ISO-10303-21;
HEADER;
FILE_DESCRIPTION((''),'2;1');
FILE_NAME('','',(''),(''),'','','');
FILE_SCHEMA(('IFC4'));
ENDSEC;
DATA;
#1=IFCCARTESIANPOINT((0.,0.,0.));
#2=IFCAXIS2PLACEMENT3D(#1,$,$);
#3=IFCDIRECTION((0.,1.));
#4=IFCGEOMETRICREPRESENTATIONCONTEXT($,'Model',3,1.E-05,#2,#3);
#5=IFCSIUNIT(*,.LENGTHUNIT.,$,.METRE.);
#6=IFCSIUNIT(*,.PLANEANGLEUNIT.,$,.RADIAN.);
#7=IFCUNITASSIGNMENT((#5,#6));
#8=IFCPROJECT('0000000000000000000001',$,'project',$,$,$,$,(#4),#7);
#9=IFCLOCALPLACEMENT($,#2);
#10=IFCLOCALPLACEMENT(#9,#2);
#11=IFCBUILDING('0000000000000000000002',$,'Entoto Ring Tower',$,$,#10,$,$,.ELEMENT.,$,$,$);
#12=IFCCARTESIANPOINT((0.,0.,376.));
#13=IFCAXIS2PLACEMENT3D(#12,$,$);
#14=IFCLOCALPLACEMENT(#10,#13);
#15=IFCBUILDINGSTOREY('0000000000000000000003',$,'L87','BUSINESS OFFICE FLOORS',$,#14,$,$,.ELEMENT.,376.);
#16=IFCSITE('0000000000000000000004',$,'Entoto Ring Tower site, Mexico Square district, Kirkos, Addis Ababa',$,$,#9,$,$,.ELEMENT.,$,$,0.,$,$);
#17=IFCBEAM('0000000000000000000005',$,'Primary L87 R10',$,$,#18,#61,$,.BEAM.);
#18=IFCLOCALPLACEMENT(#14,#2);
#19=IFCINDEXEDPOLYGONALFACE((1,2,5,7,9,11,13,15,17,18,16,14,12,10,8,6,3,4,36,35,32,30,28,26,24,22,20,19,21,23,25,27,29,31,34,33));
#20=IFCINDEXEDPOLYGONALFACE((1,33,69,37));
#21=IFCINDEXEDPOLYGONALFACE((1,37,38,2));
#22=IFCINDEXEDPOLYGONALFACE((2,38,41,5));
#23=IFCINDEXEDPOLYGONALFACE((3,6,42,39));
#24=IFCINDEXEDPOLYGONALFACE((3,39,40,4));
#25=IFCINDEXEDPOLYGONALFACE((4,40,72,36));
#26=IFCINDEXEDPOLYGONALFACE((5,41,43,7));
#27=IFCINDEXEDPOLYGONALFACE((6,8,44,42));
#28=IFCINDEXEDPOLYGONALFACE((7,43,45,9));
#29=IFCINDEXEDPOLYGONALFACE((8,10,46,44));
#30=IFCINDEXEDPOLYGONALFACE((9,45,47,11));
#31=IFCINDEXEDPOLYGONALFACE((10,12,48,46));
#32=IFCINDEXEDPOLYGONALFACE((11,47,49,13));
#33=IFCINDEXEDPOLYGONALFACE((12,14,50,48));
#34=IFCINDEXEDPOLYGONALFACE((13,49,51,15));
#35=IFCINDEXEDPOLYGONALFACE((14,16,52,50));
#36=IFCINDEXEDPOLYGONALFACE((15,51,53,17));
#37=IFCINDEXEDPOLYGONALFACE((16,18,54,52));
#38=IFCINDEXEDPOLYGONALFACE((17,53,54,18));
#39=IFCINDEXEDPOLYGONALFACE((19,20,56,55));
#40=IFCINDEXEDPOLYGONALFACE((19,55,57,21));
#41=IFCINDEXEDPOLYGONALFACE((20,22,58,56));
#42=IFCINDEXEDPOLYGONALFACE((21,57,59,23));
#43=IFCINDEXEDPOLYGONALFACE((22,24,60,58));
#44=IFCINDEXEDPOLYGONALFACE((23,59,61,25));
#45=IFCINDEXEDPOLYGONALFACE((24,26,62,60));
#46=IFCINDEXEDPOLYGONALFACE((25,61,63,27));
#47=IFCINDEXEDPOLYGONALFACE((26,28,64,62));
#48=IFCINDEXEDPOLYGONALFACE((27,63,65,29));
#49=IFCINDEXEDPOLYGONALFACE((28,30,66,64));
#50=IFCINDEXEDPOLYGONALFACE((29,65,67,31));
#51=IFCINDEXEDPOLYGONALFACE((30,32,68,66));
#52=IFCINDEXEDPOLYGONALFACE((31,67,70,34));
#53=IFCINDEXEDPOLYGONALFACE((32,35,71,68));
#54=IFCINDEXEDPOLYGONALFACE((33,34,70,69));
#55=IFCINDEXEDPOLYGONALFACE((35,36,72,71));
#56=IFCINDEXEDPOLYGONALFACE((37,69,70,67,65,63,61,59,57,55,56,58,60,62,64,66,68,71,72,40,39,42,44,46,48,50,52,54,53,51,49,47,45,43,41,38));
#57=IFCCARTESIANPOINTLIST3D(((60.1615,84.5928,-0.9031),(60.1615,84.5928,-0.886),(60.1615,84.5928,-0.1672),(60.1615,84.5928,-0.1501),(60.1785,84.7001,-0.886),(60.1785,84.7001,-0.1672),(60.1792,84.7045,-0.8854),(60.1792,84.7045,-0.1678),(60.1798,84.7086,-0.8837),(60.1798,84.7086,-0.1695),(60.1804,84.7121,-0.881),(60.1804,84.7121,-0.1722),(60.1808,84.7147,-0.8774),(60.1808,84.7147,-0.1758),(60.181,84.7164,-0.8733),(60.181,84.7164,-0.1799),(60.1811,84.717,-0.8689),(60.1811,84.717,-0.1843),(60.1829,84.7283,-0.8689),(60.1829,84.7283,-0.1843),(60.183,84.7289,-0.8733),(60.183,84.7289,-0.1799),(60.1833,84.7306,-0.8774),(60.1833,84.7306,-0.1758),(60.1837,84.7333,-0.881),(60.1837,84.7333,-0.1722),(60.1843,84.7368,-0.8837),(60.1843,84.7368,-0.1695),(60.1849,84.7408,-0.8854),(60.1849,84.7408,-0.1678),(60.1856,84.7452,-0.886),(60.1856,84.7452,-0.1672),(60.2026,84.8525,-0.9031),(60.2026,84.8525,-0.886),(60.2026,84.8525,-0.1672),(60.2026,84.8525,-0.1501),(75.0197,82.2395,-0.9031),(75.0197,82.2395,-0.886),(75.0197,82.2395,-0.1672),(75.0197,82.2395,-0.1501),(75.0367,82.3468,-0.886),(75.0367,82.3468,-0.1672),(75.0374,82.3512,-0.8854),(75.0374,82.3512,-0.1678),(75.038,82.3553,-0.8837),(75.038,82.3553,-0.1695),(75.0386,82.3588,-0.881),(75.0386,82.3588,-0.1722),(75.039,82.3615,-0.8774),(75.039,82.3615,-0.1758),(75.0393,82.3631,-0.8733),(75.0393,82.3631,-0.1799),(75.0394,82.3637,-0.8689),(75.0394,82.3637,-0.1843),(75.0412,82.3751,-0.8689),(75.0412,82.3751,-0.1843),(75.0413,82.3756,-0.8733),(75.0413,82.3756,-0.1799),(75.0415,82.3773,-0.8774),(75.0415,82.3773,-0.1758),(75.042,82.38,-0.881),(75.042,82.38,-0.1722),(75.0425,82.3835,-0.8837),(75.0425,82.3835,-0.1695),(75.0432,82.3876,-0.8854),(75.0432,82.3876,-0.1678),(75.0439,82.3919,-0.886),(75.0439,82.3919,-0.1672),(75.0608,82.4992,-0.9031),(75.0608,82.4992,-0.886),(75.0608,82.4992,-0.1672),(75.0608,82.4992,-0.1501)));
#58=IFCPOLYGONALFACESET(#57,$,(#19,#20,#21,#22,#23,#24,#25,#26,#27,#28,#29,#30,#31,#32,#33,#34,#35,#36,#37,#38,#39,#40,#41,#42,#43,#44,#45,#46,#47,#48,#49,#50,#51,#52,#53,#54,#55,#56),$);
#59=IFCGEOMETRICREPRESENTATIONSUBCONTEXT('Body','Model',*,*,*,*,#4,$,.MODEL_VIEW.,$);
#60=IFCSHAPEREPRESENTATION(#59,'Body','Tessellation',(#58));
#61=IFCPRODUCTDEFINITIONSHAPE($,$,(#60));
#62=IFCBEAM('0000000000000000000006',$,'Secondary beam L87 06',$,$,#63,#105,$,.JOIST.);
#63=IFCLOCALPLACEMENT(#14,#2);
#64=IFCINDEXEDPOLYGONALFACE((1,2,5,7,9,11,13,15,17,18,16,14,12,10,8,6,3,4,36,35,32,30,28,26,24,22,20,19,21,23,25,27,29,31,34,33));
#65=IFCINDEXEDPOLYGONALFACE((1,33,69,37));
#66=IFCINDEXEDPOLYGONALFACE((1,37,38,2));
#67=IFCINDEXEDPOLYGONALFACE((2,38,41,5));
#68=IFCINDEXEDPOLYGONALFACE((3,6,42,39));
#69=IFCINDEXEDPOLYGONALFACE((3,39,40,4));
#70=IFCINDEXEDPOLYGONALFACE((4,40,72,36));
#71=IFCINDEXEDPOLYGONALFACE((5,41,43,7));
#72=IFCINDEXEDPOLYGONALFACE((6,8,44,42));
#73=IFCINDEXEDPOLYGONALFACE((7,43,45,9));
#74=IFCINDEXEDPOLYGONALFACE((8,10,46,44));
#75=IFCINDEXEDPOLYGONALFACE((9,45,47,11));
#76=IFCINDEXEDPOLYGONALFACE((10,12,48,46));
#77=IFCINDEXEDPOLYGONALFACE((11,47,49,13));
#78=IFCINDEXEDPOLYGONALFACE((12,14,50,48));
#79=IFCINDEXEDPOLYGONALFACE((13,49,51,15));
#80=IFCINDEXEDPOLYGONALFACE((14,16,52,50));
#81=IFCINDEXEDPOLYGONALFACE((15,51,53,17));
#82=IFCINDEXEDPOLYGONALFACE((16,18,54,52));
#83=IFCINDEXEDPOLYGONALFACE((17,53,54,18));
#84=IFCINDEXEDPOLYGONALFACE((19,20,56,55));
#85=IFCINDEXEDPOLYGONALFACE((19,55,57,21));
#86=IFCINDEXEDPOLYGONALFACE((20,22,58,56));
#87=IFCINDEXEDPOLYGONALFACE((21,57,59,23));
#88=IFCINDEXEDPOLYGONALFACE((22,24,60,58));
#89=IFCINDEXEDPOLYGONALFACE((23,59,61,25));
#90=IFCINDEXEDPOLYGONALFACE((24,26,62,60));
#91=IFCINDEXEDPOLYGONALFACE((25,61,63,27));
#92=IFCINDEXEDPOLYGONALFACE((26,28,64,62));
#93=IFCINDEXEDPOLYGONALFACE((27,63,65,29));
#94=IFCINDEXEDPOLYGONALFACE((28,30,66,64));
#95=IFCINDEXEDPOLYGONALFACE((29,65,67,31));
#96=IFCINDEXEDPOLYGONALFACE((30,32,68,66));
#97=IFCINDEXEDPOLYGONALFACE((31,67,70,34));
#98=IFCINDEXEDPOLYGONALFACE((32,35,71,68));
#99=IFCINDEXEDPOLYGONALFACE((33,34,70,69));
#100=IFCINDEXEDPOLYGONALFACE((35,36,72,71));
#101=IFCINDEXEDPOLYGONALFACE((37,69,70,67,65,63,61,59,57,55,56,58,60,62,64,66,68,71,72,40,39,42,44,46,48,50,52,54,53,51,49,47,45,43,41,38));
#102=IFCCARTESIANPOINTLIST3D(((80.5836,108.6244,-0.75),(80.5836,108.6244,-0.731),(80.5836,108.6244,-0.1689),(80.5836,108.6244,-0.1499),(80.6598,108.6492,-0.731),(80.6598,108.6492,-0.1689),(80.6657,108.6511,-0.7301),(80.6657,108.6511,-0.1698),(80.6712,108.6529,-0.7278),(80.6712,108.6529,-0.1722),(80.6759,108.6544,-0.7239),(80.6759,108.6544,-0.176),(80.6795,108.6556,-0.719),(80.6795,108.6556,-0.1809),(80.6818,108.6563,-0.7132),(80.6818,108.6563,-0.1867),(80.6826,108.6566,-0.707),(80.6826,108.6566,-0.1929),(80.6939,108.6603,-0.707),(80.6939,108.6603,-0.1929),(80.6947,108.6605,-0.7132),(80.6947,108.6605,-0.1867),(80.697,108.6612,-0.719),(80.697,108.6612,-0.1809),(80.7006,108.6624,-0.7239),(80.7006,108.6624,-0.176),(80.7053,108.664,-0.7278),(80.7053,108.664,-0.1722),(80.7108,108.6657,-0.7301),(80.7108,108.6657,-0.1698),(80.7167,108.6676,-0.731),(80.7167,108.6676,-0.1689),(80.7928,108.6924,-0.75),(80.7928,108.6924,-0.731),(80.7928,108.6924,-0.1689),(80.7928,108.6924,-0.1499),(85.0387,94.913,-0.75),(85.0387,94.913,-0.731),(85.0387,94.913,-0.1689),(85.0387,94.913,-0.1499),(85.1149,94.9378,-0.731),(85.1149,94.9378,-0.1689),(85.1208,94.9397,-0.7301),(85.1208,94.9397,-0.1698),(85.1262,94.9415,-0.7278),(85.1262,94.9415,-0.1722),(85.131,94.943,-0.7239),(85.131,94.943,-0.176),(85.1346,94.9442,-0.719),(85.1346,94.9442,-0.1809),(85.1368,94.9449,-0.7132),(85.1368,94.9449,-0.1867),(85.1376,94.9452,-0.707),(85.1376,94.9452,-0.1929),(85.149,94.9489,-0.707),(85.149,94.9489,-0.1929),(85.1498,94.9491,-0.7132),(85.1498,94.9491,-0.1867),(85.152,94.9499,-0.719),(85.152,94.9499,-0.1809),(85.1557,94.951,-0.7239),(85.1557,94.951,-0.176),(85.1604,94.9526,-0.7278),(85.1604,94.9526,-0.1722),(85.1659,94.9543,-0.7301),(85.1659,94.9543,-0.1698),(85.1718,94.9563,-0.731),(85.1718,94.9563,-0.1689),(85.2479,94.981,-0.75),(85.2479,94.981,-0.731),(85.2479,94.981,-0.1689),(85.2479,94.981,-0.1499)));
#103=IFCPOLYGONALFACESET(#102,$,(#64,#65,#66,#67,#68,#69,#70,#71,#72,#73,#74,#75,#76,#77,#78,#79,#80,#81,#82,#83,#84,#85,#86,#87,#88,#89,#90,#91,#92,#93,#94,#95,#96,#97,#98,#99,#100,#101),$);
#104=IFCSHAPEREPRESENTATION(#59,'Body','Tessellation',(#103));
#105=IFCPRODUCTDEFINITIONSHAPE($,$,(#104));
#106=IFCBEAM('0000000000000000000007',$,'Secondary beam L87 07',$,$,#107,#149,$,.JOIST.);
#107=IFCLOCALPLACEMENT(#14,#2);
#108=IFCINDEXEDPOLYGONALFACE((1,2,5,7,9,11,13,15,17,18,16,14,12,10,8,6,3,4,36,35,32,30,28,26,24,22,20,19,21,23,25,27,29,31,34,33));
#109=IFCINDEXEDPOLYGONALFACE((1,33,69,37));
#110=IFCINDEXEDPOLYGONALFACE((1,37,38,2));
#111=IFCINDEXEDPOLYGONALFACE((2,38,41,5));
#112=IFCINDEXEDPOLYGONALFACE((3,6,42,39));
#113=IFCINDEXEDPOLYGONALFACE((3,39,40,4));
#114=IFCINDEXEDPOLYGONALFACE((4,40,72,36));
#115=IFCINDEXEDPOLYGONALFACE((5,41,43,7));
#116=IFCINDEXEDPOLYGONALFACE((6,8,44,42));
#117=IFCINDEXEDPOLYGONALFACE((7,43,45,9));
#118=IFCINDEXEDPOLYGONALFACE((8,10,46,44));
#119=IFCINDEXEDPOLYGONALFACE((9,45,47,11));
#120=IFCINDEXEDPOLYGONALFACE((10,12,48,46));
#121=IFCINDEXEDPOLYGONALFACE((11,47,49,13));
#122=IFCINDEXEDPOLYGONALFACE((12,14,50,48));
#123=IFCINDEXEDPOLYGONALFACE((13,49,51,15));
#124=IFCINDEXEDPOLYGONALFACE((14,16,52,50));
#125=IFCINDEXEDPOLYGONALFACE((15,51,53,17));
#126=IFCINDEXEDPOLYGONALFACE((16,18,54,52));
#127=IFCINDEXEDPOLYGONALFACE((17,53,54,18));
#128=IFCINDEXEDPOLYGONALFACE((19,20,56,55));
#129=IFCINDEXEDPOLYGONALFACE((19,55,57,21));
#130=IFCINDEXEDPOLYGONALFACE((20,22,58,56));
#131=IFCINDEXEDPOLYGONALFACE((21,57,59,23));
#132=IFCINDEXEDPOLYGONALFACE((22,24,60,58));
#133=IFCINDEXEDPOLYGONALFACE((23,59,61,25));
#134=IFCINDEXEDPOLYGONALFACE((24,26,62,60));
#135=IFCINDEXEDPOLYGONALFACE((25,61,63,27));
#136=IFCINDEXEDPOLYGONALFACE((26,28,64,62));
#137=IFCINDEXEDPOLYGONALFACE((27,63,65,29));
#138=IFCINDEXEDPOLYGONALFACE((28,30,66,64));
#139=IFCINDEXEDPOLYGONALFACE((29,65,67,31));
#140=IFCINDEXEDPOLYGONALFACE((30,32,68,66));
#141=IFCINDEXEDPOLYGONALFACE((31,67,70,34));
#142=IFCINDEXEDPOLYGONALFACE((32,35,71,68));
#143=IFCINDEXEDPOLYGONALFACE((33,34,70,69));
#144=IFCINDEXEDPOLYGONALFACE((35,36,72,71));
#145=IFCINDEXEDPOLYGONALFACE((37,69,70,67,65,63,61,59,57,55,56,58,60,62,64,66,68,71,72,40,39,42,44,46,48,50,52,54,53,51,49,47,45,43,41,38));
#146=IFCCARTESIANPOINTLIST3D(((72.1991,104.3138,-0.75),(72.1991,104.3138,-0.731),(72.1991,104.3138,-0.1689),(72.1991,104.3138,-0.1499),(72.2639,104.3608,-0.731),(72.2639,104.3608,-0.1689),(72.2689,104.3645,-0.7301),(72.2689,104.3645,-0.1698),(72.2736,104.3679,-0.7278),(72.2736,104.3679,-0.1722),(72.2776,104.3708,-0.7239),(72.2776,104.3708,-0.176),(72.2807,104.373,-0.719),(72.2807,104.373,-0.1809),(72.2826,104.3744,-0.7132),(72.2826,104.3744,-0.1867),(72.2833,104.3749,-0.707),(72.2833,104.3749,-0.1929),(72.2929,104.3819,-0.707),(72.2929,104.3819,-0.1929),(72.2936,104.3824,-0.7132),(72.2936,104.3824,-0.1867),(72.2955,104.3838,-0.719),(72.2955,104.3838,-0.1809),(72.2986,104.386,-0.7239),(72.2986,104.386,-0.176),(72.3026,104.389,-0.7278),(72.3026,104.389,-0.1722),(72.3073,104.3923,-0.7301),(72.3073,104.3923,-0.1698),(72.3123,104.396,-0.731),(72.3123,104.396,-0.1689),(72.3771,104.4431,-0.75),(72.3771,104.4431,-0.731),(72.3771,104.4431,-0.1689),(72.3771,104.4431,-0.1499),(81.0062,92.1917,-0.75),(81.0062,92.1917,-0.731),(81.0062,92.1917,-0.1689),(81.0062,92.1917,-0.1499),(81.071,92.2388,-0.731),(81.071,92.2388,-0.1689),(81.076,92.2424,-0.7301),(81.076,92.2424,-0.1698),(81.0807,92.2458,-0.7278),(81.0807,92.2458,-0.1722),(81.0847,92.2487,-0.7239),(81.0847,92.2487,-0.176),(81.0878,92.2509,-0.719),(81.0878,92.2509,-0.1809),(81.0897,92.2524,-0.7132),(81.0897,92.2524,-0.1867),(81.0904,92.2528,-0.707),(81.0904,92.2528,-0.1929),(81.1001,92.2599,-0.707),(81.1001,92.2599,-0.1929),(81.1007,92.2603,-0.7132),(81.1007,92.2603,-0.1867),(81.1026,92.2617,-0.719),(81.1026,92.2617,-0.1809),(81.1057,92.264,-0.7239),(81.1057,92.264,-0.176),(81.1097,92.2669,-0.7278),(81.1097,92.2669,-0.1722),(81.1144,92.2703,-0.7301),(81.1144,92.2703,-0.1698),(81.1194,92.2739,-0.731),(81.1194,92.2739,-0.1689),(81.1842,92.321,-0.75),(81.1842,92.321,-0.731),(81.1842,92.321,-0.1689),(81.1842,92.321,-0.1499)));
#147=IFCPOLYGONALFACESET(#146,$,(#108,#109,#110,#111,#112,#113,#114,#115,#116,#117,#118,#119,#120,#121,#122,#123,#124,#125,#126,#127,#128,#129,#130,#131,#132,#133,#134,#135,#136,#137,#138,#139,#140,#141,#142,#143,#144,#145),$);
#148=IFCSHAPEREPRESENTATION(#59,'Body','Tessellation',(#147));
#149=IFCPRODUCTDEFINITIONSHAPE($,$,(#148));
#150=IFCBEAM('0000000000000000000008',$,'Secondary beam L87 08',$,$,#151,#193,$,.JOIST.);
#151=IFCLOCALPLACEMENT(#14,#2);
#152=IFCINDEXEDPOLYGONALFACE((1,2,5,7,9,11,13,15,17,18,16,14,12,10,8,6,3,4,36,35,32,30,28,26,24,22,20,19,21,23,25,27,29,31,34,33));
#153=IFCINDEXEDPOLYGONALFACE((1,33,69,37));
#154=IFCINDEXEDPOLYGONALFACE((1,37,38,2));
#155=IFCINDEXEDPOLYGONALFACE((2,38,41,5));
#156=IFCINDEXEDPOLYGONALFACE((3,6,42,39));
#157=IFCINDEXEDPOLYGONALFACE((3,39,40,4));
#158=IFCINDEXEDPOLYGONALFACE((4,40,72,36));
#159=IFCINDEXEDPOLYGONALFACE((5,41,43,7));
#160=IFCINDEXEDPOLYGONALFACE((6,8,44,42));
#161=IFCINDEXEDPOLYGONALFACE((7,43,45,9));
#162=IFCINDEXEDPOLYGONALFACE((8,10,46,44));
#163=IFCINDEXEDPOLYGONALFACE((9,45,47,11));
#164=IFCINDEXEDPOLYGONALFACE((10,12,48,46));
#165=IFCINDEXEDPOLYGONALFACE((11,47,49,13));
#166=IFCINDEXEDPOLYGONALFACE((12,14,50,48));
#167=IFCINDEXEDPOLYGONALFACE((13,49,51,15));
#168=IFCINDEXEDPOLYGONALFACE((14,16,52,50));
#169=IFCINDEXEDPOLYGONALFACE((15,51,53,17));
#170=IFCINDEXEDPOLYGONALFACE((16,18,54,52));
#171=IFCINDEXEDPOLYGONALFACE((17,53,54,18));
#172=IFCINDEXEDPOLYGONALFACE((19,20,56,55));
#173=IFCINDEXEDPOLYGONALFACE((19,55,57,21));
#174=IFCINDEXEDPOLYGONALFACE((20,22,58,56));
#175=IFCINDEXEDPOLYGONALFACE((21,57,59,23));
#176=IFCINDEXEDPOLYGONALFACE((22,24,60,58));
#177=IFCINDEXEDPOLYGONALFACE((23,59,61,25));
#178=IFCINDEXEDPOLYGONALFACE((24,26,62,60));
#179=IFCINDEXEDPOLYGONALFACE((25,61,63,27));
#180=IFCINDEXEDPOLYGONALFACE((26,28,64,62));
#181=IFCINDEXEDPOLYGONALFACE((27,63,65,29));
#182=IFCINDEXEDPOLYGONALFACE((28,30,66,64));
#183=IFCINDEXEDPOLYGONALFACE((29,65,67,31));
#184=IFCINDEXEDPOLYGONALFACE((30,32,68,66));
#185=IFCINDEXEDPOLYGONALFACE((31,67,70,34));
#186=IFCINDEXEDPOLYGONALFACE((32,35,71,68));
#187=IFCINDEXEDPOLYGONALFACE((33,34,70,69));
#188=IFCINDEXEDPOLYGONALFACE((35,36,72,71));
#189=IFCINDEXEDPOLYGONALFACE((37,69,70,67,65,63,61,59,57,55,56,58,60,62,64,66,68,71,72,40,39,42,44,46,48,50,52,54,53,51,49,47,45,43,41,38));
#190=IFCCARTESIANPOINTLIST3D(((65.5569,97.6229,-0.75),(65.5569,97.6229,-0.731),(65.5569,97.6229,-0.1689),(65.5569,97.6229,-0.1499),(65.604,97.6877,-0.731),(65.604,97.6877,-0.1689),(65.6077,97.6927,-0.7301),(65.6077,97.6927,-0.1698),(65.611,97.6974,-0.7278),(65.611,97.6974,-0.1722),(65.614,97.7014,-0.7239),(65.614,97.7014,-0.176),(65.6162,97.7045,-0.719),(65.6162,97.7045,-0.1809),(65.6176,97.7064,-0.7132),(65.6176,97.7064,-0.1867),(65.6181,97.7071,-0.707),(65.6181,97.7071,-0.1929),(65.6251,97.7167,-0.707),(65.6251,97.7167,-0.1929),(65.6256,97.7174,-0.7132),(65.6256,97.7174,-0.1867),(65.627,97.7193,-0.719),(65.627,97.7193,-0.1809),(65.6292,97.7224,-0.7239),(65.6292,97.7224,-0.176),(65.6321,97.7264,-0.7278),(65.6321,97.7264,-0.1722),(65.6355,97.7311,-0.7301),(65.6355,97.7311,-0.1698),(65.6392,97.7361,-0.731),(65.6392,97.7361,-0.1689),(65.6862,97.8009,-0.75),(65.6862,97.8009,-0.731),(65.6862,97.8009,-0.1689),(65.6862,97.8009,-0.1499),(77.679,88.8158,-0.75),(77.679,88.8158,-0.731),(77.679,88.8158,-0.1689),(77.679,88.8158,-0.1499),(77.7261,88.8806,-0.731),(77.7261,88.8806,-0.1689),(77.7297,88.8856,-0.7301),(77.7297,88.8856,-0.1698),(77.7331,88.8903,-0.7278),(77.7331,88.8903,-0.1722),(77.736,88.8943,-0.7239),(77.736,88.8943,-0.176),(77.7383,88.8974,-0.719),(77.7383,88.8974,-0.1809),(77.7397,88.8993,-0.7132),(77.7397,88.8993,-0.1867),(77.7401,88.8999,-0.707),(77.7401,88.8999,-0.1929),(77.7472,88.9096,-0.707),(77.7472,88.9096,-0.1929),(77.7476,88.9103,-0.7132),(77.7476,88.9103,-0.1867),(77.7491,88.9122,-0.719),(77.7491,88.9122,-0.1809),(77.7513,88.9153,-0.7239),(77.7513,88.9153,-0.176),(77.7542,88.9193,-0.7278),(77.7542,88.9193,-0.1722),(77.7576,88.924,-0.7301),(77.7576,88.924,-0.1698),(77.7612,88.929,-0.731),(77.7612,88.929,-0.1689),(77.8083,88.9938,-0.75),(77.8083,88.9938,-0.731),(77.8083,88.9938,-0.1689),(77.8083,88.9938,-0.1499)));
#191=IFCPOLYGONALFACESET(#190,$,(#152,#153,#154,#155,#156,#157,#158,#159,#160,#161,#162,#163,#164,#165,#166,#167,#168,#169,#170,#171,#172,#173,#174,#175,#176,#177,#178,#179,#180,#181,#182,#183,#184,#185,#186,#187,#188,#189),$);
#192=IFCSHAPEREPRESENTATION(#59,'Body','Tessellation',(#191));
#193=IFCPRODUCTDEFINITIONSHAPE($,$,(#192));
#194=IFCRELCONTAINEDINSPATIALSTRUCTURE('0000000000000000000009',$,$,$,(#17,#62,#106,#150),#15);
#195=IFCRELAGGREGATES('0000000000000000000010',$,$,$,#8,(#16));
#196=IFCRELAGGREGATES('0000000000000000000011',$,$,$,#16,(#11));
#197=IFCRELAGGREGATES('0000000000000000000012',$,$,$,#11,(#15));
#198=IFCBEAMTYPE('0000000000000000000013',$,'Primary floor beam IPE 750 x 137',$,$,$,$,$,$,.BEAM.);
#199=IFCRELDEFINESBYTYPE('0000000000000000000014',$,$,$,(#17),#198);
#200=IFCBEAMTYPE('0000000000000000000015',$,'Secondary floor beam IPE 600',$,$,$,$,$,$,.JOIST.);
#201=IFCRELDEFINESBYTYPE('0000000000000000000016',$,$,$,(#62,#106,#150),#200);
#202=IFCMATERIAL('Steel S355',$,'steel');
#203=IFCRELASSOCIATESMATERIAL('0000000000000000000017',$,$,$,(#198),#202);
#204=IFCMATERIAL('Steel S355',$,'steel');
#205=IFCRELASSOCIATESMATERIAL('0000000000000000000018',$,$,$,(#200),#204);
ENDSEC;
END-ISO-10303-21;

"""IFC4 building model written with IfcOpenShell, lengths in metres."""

from ifc_helpers import new_model, si_unit, direction, frame, origin, origin_2d, place, context, subcontext, project, spatial, i_section, extrude, material, material_profile, profile_set, type_object, element, save


model = new_model("IFC4")

# Units and contexts
model_context = context("Model", 3, precision=1e-05, world=origin(), true_north=direction((0.0, 1.0)))
body_context = subcontext(model_context, "Body", "Model", "MODEL_VIEW")
ifc_project = project(units=[si_unit("LENGTHUNIT", "METRE"), si_unit("PLANEANGLEUNIT", "RADIAN")], contexts=[model_context])

# Site, building, storey
site_placement = place(None, origin())
site = spatial("IfcSite", under=ifc_project, at=site_placement, Name="Entoto Ring Tower site, Mexico Square district, Kirkos, Addis Ababa", CompositionType="ELEMENT", RefElevation=0.0)
building_placement = place(site_placement, origin())
building = spatial("IfcBuilding", under=site, at=building_placement, Name="Entoto Ring Tower", CompositionType="ELEMENT")
storey_placement = place(building_placement, frame((0.0, 0.0, 376.0)))
storey = spatial("IfcBuildingStorey", under=building, at=storey_placement, Name="L87", Description="BUSINESS OFFICE FLOORS", CompositionType="ELEMENT", Elevation=376.0)

# Beams
ifc_material_1 = material(Name="Steel S355", Category="steel")
ifc_material_profile_1 = material_profile(ifc_material_1, i_section(OverallWidth=0.2629, OverallDepth=0.7529, WebThickness=0.0115, FlangeThickness=0.0171, FilletRadius=0.0171, at=origin_2d()), Name="IPE 750 x 137")
ifc_profile_set_1 = profile_set([ifc_material_profile_1], Name="Steel S355")
beam_type_1 = type_object("IfcBeamType", Name="Primary floor beam IPE 750 x 137", PredefinedType="BEAM", material=ifc_profile_set_1)
beam_1_placement = place(storey_placement, frame((75.0403, 82.3694, -0.5266), z_axis=(-0.987689, 0.156433, 0.0), x_axis=(-0.156433, -0.987689, 0.0)))
element("IfcBeam", 1, at=beam_1_placement, inside=storey, type_object=beam_type_1, Name="Primary L87 R10", PredefinedType="BEAM", context=body_context, shape_type="SweptSolid", body=[
    extrude(i_section(OverallWidth=0.2629, OverallDepth=0.7529, WebThickness=0.0115, FlangeThickness=0.0171, FilletRadius=0.0171, at=origin_2d()), origin(), (0.0, 0.0, 1.0), 15.0435),
])
ifc_material_2 = material(Name="Steel S355", Category="steel")
ifc_material_profile_2 = material_profile(ifc_material_2, i_section(OverallWidth=0.22, OverallDepth=0.6001, WebThickness=0.012, FlangeThickness=0.019, FilletRadius=0.0239, at=origin_2d()), Name="IPE 600")
ifc_profile_set_2 = profile_set([ifc_material_profile_2], Name="Steel S355")
beam_type_2 = type_object("IfcBeamType", Name="Secondary floor beam IPE 600", PredefinedType="JOIST", material=ifc_profile_set_2)
beam_2_placement = place(storey_placement, frame((85.1433, 94.947, -0.45), z_axis=(-0.309015, 0.951057, 0.0), x_axis=(-0.951057, -0.309015, 0.0)))
element("IfcBeam", 2, at=beam_2_placement, inside=storey, type_object=beam_type_2, Name="Secondary beam L87 06", PredefinedType="JOIST", context=body_context, shape_type="SweptSolid", body=[
    extrude(i_section(OverallWidth=0.22, OverallDepth=0.6001, WebThickness=0.012, FlangeThickness=0.019, FilletRadius=0.0239, at=origin_2d()), origin(), (0.0, 0.0, 1.0), 14.417),
])
for number, where, z_axis, x_axis, name in (
    (3, (81.0952, 92.2563, -0.45), (-0.587782, 0.809019, 0.0), (-0.809019, -0.587782, 0.0), "Secondary beam L87 07"),
    (4, (77.7437, 88.9048, -0.45), (-0.809019, 0.587782, 0.0), (-0.587782, -0.809019, 0.0), "Secondary beam L87 08"),
):
    element("IfcBeam", number, at=place(storey_placement, frame(where, z_axis=z_axis, x_axis=x_axis)), inside=storey, type_object=beam_type_2, Name=name, PredefinedType="JOIST", context=body_context, shape_type="SweptSolid", body=[
        extrude(i_section(OverallWidth=0.22, OverallDepth=0.6001, WebThickness=0.012, FlangeThickness=0.019, FilletRadius=0.0239, at=origin_2d()), origin(), (0.0, 0.0, 1.0), 14.9836),
    ])

save(model, "model.ifc")
